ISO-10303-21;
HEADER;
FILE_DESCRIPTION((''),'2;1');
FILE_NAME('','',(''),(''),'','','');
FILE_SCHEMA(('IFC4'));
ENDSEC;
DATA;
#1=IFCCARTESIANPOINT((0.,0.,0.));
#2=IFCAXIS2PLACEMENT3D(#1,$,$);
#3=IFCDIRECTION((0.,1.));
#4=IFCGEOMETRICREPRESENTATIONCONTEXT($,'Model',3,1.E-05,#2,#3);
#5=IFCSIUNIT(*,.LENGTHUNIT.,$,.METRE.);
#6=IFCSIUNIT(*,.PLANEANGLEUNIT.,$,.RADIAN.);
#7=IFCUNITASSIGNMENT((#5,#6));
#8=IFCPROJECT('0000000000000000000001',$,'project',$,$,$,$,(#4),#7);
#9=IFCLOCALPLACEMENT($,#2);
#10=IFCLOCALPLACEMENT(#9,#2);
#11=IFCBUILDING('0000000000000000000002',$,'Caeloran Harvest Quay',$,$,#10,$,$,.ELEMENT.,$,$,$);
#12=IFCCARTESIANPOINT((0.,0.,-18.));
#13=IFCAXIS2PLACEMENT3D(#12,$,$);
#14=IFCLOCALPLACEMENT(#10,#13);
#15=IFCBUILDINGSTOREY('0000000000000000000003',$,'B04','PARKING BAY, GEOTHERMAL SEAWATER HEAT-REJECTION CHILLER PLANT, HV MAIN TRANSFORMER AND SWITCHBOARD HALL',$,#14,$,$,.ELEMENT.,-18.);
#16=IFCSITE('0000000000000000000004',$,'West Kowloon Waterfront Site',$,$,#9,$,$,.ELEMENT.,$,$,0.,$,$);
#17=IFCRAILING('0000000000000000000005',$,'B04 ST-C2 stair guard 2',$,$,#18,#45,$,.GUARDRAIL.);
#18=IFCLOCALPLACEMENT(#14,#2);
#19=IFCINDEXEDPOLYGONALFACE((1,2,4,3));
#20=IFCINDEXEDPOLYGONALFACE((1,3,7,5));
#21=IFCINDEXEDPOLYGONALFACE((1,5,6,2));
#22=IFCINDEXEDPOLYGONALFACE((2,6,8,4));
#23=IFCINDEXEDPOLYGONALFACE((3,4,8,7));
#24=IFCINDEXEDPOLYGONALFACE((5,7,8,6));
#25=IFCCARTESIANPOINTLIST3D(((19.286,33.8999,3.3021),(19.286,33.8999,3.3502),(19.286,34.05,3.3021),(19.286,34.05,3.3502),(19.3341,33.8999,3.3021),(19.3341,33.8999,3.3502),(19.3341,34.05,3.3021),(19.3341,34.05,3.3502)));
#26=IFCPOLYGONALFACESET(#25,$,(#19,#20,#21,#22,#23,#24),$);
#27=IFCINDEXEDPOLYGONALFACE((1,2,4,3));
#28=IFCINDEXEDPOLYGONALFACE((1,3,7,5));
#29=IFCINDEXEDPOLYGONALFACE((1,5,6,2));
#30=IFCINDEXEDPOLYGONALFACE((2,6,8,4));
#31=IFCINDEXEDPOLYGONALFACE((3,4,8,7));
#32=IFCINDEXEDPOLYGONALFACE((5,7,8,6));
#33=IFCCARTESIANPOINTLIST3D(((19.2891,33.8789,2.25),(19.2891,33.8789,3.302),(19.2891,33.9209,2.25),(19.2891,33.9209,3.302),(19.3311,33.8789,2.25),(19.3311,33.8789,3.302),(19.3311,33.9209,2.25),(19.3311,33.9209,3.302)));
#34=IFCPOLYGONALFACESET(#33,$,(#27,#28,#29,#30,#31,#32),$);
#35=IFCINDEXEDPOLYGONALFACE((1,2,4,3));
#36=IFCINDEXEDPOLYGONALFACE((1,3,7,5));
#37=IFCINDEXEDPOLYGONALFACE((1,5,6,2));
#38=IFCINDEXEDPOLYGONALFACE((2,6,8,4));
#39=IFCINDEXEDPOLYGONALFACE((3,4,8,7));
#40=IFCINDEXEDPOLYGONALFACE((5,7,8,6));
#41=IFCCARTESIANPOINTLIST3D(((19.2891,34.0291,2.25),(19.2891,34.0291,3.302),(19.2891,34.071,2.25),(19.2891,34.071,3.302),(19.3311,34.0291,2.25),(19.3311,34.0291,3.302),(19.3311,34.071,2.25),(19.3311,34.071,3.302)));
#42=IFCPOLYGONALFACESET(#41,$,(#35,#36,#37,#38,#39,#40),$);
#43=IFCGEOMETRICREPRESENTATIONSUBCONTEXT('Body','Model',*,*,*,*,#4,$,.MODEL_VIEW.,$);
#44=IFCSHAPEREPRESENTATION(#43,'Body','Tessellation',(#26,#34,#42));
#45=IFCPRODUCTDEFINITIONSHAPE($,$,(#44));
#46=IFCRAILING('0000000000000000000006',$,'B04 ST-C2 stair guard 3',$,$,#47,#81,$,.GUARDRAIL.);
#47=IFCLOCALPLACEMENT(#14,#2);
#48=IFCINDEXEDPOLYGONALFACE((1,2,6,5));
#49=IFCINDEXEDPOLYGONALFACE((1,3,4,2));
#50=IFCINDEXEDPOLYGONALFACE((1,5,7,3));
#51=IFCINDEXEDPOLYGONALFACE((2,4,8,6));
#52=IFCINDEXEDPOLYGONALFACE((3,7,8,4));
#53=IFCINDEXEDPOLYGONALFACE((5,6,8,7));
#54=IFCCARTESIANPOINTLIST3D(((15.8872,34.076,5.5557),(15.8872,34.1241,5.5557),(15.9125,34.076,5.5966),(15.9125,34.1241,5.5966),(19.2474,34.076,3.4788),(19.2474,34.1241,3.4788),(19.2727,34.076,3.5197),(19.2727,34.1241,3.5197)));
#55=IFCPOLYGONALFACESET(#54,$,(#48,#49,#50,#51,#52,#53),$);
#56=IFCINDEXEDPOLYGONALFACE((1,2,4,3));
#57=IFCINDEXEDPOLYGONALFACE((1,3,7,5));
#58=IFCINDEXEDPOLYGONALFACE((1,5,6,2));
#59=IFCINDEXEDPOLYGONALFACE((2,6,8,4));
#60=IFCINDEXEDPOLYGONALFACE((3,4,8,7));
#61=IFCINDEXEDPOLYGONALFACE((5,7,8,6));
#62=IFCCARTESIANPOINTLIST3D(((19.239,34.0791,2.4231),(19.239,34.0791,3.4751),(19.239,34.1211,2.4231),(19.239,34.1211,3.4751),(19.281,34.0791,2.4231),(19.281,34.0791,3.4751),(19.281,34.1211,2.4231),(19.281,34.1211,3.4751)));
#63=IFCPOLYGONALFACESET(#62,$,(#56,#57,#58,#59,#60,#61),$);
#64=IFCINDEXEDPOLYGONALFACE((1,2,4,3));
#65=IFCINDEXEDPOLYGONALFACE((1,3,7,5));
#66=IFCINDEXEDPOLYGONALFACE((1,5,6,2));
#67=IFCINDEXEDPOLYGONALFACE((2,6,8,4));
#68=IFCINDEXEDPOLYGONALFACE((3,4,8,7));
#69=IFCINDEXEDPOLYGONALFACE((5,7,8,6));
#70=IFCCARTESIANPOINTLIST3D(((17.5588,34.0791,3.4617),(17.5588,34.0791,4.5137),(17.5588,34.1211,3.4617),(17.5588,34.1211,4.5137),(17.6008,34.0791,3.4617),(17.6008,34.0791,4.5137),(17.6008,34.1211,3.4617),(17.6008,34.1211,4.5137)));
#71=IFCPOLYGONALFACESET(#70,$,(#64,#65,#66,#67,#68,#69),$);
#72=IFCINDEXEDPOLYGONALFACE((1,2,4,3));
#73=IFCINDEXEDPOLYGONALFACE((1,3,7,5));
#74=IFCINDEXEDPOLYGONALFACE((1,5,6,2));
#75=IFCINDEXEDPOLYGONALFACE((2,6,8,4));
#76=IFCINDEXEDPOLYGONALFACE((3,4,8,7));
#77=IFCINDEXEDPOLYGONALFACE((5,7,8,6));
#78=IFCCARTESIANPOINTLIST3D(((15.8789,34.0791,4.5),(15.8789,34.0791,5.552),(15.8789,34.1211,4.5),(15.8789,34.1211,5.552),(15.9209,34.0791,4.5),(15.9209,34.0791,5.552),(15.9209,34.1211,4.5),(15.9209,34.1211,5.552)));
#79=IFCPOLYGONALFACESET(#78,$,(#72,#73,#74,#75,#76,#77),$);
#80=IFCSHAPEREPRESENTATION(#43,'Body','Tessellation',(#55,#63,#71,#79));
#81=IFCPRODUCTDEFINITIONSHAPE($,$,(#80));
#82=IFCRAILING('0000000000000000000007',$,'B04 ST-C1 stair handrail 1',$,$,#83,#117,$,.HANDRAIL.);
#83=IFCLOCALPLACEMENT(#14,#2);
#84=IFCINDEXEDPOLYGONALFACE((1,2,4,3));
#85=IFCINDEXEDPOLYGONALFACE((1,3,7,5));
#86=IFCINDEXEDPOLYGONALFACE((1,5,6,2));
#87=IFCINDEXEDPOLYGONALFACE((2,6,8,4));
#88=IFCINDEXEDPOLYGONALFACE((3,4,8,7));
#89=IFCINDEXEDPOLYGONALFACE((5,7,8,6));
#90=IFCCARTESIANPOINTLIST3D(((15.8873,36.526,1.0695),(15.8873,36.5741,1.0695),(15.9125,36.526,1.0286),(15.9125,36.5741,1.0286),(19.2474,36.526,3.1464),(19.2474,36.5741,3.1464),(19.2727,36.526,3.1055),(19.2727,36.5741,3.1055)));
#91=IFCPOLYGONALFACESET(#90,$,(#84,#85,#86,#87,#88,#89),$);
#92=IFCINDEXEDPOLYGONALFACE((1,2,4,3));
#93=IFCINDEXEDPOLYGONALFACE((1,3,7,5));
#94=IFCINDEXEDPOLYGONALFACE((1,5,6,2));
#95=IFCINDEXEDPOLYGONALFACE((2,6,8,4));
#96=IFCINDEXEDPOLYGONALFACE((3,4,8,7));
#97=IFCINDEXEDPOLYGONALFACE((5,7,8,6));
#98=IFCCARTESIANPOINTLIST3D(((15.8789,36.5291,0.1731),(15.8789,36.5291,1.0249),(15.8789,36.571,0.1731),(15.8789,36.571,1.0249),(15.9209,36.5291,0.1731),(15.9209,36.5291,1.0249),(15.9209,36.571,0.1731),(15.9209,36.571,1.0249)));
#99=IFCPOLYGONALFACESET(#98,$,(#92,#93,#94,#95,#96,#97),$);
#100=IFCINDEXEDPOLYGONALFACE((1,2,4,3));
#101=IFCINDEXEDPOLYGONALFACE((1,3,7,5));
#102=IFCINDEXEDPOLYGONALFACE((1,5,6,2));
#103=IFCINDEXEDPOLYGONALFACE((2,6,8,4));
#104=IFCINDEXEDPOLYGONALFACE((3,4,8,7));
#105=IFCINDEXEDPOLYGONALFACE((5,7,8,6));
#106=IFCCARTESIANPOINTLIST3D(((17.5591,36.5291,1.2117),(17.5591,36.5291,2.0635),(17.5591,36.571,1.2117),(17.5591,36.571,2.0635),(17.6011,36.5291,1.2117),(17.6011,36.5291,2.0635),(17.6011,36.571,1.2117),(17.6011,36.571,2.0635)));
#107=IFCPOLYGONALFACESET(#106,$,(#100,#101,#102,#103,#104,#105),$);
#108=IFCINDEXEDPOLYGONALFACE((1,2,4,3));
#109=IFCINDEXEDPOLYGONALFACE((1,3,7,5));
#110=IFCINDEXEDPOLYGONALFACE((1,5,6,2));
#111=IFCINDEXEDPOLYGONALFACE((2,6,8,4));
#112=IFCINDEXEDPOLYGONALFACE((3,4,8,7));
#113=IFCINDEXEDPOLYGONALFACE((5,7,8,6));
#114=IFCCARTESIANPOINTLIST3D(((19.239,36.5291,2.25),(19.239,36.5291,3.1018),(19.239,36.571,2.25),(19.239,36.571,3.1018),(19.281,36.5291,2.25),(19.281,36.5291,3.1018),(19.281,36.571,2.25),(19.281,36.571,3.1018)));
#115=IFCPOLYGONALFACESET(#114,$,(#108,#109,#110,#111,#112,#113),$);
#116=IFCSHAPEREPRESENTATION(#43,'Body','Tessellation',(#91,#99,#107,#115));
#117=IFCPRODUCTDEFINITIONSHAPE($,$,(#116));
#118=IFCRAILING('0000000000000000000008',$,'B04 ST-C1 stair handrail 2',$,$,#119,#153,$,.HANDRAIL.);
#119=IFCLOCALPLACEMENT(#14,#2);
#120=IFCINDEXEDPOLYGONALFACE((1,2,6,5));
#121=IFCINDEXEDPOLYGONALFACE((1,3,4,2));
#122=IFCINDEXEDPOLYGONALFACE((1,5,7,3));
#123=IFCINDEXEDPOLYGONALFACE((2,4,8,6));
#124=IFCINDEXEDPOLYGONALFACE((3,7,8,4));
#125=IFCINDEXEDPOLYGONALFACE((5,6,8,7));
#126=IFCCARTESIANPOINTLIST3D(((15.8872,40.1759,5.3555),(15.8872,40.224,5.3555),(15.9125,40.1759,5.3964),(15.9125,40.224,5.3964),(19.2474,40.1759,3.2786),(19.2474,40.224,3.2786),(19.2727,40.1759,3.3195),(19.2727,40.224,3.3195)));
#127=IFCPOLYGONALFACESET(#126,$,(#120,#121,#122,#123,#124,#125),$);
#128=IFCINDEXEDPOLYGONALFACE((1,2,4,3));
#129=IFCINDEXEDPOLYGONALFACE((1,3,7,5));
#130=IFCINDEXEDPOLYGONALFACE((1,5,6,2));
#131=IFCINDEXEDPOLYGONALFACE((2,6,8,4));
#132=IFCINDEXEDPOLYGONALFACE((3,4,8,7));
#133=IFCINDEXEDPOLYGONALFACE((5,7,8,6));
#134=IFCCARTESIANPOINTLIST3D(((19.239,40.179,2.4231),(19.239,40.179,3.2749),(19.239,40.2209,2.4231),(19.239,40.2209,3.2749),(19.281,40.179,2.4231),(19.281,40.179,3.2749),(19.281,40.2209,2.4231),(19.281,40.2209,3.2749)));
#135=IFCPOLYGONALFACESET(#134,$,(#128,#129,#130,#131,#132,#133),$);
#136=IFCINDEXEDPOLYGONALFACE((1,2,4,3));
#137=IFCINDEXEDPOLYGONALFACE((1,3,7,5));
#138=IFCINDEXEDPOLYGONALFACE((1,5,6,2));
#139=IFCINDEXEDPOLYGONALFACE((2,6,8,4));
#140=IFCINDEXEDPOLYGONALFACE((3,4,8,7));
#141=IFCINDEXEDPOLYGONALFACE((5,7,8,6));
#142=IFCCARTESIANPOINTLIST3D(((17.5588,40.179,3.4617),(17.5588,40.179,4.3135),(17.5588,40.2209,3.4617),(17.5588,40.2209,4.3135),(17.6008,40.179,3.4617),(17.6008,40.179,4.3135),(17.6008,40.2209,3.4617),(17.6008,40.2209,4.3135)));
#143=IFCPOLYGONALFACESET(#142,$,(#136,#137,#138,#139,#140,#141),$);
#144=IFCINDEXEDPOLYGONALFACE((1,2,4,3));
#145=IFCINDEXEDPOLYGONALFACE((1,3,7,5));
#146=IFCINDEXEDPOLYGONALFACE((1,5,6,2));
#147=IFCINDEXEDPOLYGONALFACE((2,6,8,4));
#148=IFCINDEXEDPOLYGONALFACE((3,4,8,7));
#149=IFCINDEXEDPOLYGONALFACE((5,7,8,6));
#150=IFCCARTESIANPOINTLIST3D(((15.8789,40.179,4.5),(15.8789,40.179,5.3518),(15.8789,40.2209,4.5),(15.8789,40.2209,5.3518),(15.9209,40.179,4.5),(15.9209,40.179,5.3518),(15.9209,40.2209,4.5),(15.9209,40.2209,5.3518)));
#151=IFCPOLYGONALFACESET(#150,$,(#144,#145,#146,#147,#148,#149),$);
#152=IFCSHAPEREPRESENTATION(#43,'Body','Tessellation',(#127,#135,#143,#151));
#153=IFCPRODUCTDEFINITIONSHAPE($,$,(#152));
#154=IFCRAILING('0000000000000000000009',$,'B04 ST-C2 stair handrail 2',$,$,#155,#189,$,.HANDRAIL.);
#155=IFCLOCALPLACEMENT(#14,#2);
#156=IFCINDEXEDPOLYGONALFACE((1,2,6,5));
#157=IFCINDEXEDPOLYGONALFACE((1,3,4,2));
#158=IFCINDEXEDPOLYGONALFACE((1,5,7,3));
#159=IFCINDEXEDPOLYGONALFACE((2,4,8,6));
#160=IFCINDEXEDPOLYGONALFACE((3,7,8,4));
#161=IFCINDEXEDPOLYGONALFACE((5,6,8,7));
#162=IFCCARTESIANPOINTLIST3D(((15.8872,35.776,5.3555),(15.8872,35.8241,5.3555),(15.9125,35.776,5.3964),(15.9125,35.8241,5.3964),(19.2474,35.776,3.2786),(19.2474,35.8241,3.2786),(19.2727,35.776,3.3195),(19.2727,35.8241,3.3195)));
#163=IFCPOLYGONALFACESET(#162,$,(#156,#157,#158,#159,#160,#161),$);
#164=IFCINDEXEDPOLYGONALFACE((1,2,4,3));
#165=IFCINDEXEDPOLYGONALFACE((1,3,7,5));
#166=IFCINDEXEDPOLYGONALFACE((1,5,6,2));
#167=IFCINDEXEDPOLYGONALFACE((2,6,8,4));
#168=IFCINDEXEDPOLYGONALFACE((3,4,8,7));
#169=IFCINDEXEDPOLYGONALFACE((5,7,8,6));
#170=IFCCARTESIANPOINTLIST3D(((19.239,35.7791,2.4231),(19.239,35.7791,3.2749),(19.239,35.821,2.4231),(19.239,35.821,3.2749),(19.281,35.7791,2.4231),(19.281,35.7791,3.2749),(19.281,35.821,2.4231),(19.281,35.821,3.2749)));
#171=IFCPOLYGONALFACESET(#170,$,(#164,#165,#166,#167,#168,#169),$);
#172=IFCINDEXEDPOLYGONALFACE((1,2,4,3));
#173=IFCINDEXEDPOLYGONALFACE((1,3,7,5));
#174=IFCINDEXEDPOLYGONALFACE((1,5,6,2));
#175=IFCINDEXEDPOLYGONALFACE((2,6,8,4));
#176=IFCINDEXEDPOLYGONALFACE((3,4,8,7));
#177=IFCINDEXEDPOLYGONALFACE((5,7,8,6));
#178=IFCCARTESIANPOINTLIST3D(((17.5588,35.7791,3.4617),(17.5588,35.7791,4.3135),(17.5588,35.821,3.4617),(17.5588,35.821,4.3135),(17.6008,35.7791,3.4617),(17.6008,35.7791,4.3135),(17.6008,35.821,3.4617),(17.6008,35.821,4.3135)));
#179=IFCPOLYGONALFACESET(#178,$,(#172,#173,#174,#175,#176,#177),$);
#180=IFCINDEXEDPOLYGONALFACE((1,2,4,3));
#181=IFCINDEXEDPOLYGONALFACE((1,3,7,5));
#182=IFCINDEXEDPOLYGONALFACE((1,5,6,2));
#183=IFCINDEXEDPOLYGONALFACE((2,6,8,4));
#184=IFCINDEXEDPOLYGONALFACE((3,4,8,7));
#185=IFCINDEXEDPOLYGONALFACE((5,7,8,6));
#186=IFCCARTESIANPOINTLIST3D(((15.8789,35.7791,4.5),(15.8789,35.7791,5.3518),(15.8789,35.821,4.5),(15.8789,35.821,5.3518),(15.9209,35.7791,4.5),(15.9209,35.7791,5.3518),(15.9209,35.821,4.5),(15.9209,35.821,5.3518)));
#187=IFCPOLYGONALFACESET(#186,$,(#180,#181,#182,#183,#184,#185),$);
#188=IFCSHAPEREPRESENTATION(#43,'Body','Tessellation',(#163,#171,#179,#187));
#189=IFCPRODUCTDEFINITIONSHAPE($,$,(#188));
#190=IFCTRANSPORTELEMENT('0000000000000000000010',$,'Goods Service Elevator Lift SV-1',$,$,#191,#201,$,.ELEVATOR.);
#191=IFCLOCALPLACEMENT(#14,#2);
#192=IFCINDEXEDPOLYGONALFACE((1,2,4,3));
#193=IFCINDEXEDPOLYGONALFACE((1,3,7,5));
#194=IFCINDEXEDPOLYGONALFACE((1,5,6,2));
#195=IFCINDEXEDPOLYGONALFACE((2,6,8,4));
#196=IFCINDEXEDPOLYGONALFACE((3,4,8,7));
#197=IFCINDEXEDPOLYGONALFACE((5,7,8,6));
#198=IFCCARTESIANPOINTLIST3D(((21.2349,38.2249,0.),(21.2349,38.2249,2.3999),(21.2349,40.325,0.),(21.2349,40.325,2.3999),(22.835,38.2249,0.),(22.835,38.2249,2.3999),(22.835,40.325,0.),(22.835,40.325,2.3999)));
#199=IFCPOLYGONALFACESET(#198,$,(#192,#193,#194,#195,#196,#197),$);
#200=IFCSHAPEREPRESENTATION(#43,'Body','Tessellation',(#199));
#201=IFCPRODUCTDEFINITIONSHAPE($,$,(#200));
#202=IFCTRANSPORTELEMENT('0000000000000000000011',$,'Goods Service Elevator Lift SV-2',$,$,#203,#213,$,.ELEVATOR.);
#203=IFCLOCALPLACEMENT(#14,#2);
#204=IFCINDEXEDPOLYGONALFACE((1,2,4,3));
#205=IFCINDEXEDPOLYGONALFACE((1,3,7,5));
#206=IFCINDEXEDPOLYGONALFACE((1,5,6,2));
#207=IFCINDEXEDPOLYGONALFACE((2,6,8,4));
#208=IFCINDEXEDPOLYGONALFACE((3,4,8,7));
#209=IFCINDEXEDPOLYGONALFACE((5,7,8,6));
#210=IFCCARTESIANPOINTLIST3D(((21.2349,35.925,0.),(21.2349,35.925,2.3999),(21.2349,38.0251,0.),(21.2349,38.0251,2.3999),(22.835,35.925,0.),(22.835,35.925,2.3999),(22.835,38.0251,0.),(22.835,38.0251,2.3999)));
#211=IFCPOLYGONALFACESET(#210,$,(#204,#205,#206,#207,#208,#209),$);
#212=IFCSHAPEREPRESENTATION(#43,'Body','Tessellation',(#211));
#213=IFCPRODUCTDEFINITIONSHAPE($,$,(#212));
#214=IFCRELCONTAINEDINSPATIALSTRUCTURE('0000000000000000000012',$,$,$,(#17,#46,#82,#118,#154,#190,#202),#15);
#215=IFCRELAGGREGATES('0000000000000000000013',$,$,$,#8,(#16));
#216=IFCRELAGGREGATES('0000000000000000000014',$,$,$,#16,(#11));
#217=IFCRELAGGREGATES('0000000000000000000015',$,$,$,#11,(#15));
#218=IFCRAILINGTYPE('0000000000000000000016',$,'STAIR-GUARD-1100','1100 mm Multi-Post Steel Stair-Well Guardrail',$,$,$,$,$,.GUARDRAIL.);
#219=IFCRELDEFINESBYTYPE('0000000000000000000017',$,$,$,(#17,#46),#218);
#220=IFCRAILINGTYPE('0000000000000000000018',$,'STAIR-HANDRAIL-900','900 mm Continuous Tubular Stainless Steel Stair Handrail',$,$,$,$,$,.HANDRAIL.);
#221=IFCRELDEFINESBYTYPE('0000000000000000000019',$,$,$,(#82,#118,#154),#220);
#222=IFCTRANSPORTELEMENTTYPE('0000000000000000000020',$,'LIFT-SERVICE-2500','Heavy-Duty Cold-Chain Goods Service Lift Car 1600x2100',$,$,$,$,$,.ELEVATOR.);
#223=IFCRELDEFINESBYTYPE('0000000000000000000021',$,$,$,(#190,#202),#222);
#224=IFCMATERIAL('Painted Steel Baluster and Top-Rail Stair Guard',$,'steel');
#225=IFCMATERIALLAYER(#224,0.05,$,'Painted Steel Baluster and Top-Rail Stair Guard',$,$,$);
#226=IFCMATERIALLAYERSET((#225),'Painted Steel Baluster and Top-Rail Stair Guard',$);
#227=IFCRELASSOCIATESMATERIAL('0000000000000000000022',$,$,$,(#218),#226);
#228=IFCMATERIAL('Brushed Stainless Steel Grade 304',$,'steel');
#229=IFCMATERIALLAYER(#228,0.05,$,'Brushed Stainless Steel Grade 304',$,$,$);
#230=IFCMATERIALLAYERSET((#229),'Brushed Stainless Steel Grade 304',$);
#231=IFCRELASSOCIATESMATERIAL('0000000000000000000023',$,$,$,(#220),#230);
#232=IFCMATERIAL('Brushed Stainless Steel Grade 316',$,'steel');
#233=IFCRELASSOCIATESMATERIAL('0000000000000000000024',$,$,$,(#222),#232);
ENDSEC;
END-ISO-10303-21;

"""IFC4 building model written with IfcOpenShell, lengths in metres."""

from ifc_helpers import new_model, si_unit, direction, frame, origin, origin_2d, place, context, subcontext, project, spatial, rectangle, extrude, material, layer, layer_set, type_object, element, save


model = new_model("IFC4")

# Units and contexts
model_context = context("Model", 3, precision=1e-05, world=origin(), true_north=direction((0.0, 1.0)))
body_context = subcontext(model_context, "Body", "Model", "MODEL_VIEW")
ifc_project = project(units=[si_unit("LENGTHUNIT", "METRE"), si_unit("PLANEANGLEUNIT", "RADIAN")], contexts=[model_context])

# Site, building, storey
site_placement = place(None, origin())
site = spatial("IfcSite", under=ifc_project, at=site_placement, Name="West Kowloon Waterfront Site", CompositionType="ELEMENT", RefElevation=0.0)
building_placement = place(site_placement, origin())
building = spatial("IfcBuilding", under=site, at=building_placement, Name="Caeloran Harvest Quay", CompositionType="ELEMENT")
storey_placement = place(building_placement, frame((0.0, 0.0, -18.0)))
storey = spatial("IfcBuildingStorey", under=building, at=storey_placement, Name="B04", Description="PARKING BAY, GEOTHERMAL SEAWATER HEAT-REJECTION CHILLER PLANT, HV MAIN TRANSFORMER AND SWITCHBOARD HALL", CompositionType="ELEMENT", Elevation=-18.0)

# Railings
ifc_material_1 = material(Name="Painted Steel Baluster and Top-Rail Stair Guard", Category="steel")
ifc_layer_1 = layer(ifc_material_1, 0.05, Name="Painted Steel Baluster and Top-Rail Stair Guard")
ifc_layer_set_1 = layer_set([ifc_layer_1], Name="Painted Steel Baluster and Top-Rail Stair Guard")
railing_type_1 = type_object("IfcRailingType", Name="STAIR-GUARD-1100", Description="1100 mm Multi-Post Steel Stair-Well Guardrail", PredefinedType="GUARDRAIL", material=ifc_layer_set_1)
railing_1_placement = place(storey_placement, frame((19.3101, 33.8999, 2.25)))
element("IfcRailing", 1, at=railing_1_placement, inside=storey, type_object=railing_type_1, Name="B04 ST-C2 stair guard 2", PredefinedType="GUARDRAIL", context=body_context, shape_type="SweptSolid", body=[
    extrude(rectangle(XDim=0.0481, YDim=0.0481, at=origin_2d()), frame((0.0, 0.0, 1.0762), z_axis=(0.0, 1.0, 0.0), x_axis=(-1.0, 0.0, 0.0)), (0.0, 0.0, 1.0), 0.1501),
    extrude(rectangle(XDim=0.042, YDim=0.042, at=origin_2d()), origin(), (0.0, 0.0, 1.0), 1.052),
    extrude(rectangle(XDim=0.042, YDim=0.042, at=origin_2d()), frame((0.0, 0.1501, 0.0)), (0.0, 0.0, 1.0), 1.052),
])
railing_2_placement = place(storey_placement, frame((19.26, 34.1001, 2.4231)))
element("IfcRailing", 2, at=railing_2_placement, inside=storey, type_object=railing_type_1, Name="B04 ST-C2 stair guard 3", PredefinedType="GUARDRAIL", context=body_context, shape_type="SweptSolid", body=[
    extrude(rectangle(XDim=0.0481, YDim=0.0481, at=origin_2d()), frame((0.0, 0.0, 1.0762), z_axis=(-0.850623, 0.0, 0.525776), x_axis=(0.0, -1.0, 0.0)), (0.0, 0.0, 1.0), 3.9502),
    extrude(rectangle(XDim=0.042, YDim=0.042, at=origin_2d()), origin(), (0.0, 0.0, 1.0), 1.052),
    extrude(rectangle(XDim=0.042, YDim=0.042, at=origin_2d()), frame((-1.6802, 0.0, 1.0386)), (0.0, 0.0, 1.0), 1.052),
    extrude(rectangle(XDim=0.042, YDim=0.042, at=origin_2d()), frame((-3.3601, 0.0, 2.0769)), (0.0, 0.0, 1.0), 1.052),
])
ifc_material_2 = material(Name="Brushed Stainless Steel Grade 304", Category="steel")
ifc_layer_2 = layer(ifc_material_2, 0.05, Name="Brushed Stainless Steel Grade 304")
ifc_layer_set_2 = layer_set([ifc_layer_2], Name="Brushed Stainless Steel Grade 304")
railing_type_2 = type_object("IfcRailingType", Name="STAIR-HANDRAIL-900", Description="900 mm Continuous Tubular Stainless Steel Stair Handrail", PredefinedType="HANDRAIL", material=ifc_layer_set_2)
railing_3_placement = place(storey_placement, frame((15.8999, 36.55, 0.1731)))
element("IfcRailing", 3, at=railing_3_placement, inside=storey, type_object=railing_type_2, Name="B04 ST-C1 stair handrail 1", PredefinedType="HANDRAIL", context=body_context, shape_type="SweptSolid", body=[
    extrude(rectangle(XDim=0.0481, YDim=0.0481, at=origin_2d()), frame((0.0, 0.0, 0.876), z_axis=(0.850623, 0.0, 0.525776), x_axis=(0.0, 1.0, 0.0)), (0.0, 0.0, 1.0), 3.9502),
    extrude(rectangle(XDim=0.042, YDim=0.042, at=origin_2d()), origin(), (0.0, 0.0, 1.0), 0.8518),
    extrude(rectangle(XDim=0.042, YDim=0.042, at=origin_2d()), frame((1.6802, 0.0, 1.0386)), (0.0, 0.0, 1.0), 0.8518),
    extrude(rectangle(XDim=0.042, YDim=0.042, at=origin_2d()), frame((3.3601, 0.0, 2.0769)), (0.0, 0.0, 1.0), 0.8518),
])
for number, where, name in (
    (4, (19.26, 40.2, 2.4231), "B04 ST-C1 stair handrail 2"),
    (5, (19.26, 35.8, 2.4231), "B04 ST-C2 stair handrail 2"),
):
    element("IfcRailing", number, at=place(storey_placement, frame(where)), inside=storey, type_object=railing_type_2, Name=name, PredefinedType="HANDRAIL", context=body_context, shape_type="SweptSolid", body=[
        extrude(rectangle(XDim=0.0481, YDim=0.0481, at=origin_2d()), frame((0.0, 0.0, 0.876), z_axis=(-0.850623, 0.0, 0.525776), x_axis=(0.0, -1.0, 0.0)), (0.0, 0.0, 1.0), 3.9502),
        extrude(rectangle(XDim=0.042, YDim=0.042, at=origin_2d()), origin(), (0.0, 0.0, 1.0), 0.8518),
        extrude(rectangle(XDim=0.042, YDim=0.042, at=origin_2d()), frame((-1.6802, 0.0, 1.0386)), (0.0, 0.0, 1.0), 0.8518),
        extrude(rectangle(XDim=0.042, YDim=0.042, at=origin_2d()), frame((-3.3601, 0.0, 2.0769)), (0.0, 0.0, 1.0), 0.8518),
    ])

# Transport elements
ifc_material_3 = material(Name="Brushed Stainless Steel Grade 316", Category="steel")
transport_element_type = type_object("IfcTransportElementType", Name="LIFT-SERVICE-2500", Description="Heavy-Duty Cold-Chain Goods Service Lift Car 1600x2100", PredefinedType="ELEVATOR", material=ifc_material_3)
for number, where, z_axis, x_axis, name in (
    (6, (22.0349, 39.2749, 0.0), (0.0, 0.0, 1.0), (1.0, 0.0, 0.0), "Goods Service Elevator Lift SV-1"),
    (7, (22.0349, 36.9751, 0.0), (0.0, 0.0, 1.0), (1.0, 0.0, 0.0), "Goods Service Elevator Lift SV-2"),
):
    element("IfcTransportElement", number, at=place(storey_placement, frame(where, z_axis=z_axis, x_axis=x_axis)), inside=storey, type_object=transport_element_type, Name=name, PredefinedType="ELEVATOR", context=body_context, shape_type="SweptSolid", body=[
        extrude(rectangle(XDim=1.6001, YDim=2.1001, at=origin_2d()), origin(), (0.0, 0.0, 1.0), 2.3999),
    ])

save(model, "model.ifc")
